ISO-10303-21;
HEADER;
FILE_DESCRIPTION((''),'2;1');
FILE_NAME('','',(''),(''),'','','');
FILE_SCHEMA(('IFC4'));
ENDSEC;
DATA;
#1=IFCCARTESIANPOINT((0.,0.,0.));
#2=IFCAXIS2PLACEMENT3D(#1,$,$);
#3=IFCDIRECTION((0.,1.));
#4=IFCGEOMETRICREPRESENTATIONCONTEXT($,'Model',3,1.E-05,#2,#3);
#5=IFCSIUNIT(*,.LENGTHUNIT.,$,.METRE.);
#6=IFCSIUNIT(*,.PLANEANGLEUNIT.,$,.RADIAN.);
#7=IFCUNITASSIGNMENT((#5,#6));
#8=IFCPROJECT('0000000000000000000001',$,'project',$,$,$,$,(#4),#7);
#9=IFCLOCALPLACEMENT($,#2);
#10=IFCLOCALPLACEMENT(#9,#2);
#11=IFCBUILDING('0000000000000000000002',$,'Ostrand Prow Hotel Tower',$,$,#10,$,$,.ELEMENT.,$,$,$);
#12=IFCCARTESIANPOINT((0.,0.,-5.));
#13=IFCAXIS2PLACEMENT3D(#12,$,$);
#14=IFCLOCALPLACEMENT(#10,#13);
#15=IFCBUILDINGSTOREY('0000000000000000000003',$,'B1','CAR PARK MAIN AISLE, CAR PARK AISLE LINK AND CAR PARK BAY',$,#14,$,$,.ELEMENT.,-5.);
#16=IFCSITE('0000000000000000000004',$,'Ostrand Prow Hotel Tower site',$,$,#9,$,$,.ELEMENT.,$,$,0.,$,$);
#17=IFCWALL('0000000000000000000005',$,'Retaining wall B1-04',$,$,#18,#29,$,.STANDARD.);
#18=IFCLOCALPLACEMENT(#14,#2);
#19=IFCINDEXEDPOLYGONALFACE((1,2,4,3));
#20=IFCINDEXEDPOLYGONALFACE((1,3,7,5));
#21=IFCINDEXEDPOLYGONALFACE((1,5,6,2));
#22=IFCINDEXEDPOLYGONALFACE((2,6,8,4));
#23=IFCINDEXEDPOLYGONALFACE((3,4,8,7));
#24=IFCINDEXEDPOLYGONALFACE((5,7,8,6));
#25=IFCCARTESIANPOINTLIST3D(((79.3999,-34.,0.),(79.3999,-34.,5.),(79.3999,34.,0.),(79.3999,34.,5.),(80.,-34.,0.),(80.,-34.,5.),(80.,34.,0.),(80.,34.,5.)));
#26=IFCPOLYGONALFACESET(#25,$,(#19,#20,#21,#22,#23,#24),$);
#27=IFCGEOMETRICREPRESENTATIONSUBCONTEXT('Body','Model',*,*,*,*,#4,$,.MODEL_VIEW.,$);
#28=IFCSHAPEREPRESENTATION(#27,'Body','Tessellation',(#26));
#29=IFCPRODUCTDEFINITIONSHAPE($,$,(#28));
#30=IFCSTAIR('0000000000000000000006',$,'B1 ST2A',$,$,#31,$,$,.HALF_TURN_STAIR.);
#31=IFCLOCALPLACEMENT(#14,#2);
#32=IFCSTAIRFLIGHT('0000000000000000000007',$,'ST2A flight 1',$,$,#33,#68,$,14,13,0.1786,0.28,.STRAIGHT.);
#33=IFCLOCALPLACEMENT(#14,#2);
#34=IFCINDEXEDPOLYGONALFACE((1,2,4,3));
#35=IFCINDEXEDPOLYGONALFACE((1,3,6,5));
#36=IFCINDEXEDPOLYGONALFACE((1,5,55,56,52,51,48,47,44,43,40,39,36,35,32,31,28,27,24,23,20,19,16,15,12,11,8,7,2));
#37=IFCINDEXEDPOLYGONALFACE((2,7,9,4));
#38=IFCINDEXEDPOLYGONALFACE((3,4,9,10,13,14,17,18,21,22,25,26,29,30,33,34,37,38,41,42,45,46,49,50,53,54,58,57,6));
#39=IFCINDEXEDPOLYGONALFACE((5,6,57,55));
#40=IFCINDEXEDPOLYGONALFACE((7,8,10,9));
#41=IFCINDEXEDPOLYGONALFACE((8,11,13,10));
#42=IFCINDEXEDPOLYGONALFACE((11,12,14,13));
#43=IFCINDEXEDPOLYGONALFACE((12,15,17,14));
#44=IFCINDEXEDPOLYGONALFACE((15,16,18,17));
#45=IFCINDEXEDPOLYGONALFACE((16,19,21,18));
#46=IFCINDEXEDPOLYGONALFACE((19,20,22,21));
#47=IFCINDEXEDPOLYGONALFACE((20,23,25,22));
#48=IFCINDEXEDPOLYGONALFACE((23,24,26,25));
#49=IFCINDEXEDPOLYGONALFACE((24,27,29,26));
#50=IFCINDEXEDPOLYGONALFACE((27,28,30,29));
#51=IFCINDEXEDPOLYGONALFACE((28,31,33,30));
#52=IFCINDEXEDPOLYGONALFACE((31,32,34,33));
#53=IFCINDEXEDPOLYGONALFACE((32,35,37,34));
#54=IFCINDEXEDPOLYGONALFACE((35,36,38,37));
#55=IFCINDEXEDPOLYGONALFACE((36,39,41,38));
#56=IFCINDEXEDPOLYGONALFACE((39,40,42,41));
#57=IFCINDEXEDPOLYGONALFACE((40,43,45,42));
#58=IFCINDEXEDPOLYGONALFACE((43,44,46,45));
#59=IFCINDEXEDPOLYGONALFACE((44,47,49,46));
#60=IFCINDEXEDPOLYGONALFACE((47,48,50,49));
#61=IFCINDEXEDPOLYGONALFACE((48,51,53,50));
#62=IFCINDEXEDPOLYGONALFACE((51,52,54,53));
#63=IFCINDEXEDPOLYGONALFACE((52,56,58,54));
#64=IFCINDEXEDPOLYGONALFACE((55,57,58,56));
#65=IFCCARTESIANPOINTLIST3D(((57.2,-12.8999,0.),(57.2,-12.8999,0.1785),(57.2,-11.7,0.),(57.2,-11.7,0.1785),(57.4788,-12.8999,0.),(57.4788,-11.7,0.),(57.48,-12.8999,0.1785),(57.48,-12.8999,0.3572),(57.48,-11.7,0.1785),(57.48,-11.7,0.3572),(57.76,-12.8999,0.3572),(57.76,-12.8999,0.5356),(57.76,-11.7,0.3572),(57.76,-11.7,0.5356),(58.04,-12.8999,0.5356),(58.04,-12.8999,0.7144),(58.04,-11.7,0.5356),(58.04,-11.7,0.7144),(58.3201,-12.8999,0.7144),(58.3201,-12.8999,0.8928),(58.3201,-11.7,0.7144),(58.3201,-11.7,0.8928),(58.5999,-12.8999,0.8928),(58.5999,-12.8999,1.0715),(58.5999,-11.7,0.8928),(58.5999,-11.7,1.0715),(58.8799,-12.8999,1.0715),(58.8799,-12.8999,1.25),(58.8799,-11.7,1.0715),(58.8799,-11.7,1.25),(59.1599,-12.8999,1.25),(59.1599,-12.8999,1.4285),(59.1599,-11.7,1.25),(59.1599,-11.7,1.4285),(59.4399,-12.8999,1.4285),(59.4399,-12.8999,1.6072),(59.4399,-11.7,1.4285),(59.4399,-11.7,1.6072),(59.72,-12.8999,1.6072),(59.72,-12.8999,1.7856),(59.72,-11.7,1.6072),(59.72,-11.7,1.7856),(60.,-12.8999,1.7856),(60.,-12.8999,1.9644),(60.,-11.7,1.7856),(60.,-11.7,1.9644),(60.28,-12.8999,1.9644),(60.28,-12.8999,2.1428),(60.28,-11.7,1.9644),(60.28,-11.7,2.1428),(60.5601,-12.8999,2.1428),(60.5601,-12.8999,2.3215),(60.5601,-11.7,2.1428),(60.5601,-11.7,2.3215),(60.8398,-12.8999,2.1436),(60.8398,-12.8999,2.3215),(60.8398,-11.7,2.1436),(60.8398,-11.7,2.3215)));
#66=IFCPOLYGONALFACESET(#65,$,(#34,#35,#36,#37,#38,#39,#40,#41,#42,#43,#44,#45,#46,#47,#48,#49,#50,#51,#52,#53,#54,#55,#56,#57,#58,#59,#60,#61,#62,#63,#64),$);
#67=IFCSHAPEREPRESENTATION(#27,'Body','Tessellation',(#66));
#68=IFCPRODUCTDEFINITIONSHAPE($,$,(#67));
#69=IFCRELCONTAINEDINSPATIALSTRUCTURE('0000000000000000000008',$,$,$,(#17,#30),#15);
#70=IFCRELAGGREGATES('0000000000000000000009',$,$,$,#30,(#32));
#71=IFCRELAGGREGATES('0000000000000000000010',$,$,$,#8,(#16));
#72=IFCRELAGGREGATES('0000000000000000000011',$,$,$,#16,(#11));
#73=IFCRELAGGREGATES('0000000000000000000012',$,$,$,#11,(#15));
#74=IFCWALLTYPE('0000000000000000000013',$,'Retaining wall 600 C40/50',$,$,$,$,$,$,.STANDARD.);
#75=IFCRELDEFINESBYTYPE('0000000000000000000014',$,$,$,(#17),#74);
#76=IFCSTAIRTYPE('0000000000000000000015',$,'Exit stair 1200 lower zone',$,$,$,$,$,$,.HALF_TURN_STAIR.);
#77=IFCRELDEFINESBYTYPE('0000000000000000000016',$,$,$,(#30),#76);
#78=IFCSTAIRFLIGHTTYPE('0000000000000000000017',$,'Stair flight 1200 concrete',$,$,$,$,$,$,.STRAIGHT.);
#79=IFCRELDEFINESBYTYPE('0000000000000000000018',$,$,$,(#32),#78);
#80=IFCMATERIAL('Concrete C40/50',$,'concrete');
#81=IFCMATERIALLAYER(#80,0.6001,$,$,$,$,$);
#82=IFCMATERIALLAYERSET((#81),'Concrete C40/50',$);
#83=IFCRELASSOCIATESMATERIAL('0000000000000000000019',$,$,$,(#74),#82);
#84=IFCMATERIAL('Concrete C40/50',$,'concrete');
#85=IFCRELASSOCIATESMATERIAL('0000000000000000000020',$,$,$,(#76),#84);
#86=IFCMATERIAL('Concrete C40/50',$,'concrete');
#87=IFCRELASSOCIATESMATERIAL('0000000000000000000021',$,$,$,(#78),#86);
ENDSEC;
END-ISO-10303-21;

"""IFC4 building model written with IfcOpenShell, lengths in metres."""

from ifc_helpers import new_model, si_unit, direction, frame, frame_2d, origin, place, context, subcontext, project, spatial, polyline, rectangle, outline, extrude, material, layer, layer_set, type_object, element, aggregate, save


model = new_model("IFC4")

# Units and contexts
model_context = context("Model", 3, precision=1e-05, world=origin(), true_north=direction((0.0, 1.0)))
body_context = subcontext(model_context, "Body", "Model", "MODEL_VIEW")
ifc_project = project(units=[si_unit("LENGTHUNIT", "METRE"), si_unit("PLANEANGLEUNIT", "RADIAN")], contexts=[model_context])

# Site, building, storey
site_placement = place(None, origin())
site = spatial("IfcSite", under=ifc_project, at=site_placement, Name="Ostrand Prow Hotel Tower site", CompositionType="ELEMENT", RefElevation=0.0)
building_placement = place(site_placement, origin())
building = spatial("IfcBuilding", under=site, at=building_placement, Name="Ostrand Prow Hotel Tower", CompositionType="ELEMENT")
storey_placement = place(building_placement, frame((0.0, 0.0, -5.0)))
storey = spatial("IfcBuildingStorey", under=building, at=storey_placement, Name="B1", Description="CAR PARK MAIN AISLE, CAR PARK AISLE LINK AND CAR PARK BAY", CompositionType="ELEMENT", Elevation=-5.0)

# Wall
ifc_material_1 = material(Name="Concrete C40/50", Category="concrete")
ifc_layer_1 = layer(ifc_material_1, 0.6001)
ifc_layer_set_1 = layer_set([ifc_layer_1], Name="Concrete C40/50")
wall_type_1 = type_object("IfcWallType", Name="Retaining wall 600 C40/50", PredefinedType="STANDARD", material=ifc_layer_set_1)
wall_1_placement = place(storey_placement, frame((79.7, -34.0, 0.0), z_axis=(0.0, 0.0, 1.0), x_axis=(0.0, 1.0, 0.0)))
element("IfcWall", 1, at=wall_1_placement, inside=storey, type_object=wall_type_1, Name="Retaining wall B1-04", PredefinedType="STANDARD", context=body_context, shape_type="SweptSolid", body=[
    extrude(rectangle(XDim=68.0, YDim=0.6001, at=frame_2d((34.0, 0.0))), origin(), (0.0, 0.0, 1.0), 5.0),
])

# Stair, stair flight
ifc_material_2 = material(Name="Concrete C40/50", Category="concrete")
stair_type = type_object("IfcStairType", Name="Exit stair 1200 lower zone", PredefinedType="HALF_TURN_STAIR", material=ifc_material_2)
stair_placement = place(storey_placement, origin())
stair = element("IfcStair", 2, at=stair_placement, inside=storey, type_object=stair_type, Name="B1 ST2A", PredefinedType="HALF_TURN_STAIR")
ifc_material_3 = material(Name="Concrete C40/50", Category="concrete")
stair_flight_type = type_object("IfcStairFlightType", Name="Stair flight 1200 concrete", PredefinedType="STRAIGHT", material=ifc_material_3)
stair_flight_placement = place(storey_placement, frame((57.2, -12.3, 0.0), z_axis=(0.0, 0.0, 1.0), x_axis=(1.0, 0.0, 0.0)))
stair_flight = element("IfcStairFlight", 3, at=stair_flight_placement, type_object=stair_flight_type, Name="ST2A flight 1", NumberOfRisers=14, NumberOfTreads=13, PredefinedType="STRAIGHT", RiserHeight=0.1786, TreadLength=0.28, context=body_context, shape_type="SweptSolid", body=[
    extrude(outline(polyline([(0.0, 0.0), (0.0, 0.1785), (0.28, 0.1785), (0.28, 0.3572), (0.5601, 0.3572), (0.5601, 0.5356), (0.8401, 0.5356), (0.8401, 0.7144), (1.1201, 0.7144), (1.1201, 0.8928), (1.3999, 0.8928), (1.3999, 1.0715), (1.6799, 1.0715), (1.6799, 1.25), (1.96, 1.25), (1.96, 1.4285), (2.24, 1.4285), (2.24, 1.6072), (2.52, 1.6072), (2.52, 1.7856), (2.8, 1.7856), (2.8, 1.9644), (3.0801, 1.9644), (3.0801, 2.1428), (3.3601, 2.1428), (3.3601, 2.3215), (3.6399, 2.3215), (3.6399, 2.5), (3.6399, 2.1436), (0.2788, 0.0), (0.0, 0.0)])), frame((0.0, 0.6001, 0.0), z_axis=(0.0, -1.0, 0.0), x_axis=(1.0, 0.0, 0.0)), (0.0, 0.0, 1.0), 1.2),
])
aggregate(stair, [stair_flight])

save(model, "model.ifc")
